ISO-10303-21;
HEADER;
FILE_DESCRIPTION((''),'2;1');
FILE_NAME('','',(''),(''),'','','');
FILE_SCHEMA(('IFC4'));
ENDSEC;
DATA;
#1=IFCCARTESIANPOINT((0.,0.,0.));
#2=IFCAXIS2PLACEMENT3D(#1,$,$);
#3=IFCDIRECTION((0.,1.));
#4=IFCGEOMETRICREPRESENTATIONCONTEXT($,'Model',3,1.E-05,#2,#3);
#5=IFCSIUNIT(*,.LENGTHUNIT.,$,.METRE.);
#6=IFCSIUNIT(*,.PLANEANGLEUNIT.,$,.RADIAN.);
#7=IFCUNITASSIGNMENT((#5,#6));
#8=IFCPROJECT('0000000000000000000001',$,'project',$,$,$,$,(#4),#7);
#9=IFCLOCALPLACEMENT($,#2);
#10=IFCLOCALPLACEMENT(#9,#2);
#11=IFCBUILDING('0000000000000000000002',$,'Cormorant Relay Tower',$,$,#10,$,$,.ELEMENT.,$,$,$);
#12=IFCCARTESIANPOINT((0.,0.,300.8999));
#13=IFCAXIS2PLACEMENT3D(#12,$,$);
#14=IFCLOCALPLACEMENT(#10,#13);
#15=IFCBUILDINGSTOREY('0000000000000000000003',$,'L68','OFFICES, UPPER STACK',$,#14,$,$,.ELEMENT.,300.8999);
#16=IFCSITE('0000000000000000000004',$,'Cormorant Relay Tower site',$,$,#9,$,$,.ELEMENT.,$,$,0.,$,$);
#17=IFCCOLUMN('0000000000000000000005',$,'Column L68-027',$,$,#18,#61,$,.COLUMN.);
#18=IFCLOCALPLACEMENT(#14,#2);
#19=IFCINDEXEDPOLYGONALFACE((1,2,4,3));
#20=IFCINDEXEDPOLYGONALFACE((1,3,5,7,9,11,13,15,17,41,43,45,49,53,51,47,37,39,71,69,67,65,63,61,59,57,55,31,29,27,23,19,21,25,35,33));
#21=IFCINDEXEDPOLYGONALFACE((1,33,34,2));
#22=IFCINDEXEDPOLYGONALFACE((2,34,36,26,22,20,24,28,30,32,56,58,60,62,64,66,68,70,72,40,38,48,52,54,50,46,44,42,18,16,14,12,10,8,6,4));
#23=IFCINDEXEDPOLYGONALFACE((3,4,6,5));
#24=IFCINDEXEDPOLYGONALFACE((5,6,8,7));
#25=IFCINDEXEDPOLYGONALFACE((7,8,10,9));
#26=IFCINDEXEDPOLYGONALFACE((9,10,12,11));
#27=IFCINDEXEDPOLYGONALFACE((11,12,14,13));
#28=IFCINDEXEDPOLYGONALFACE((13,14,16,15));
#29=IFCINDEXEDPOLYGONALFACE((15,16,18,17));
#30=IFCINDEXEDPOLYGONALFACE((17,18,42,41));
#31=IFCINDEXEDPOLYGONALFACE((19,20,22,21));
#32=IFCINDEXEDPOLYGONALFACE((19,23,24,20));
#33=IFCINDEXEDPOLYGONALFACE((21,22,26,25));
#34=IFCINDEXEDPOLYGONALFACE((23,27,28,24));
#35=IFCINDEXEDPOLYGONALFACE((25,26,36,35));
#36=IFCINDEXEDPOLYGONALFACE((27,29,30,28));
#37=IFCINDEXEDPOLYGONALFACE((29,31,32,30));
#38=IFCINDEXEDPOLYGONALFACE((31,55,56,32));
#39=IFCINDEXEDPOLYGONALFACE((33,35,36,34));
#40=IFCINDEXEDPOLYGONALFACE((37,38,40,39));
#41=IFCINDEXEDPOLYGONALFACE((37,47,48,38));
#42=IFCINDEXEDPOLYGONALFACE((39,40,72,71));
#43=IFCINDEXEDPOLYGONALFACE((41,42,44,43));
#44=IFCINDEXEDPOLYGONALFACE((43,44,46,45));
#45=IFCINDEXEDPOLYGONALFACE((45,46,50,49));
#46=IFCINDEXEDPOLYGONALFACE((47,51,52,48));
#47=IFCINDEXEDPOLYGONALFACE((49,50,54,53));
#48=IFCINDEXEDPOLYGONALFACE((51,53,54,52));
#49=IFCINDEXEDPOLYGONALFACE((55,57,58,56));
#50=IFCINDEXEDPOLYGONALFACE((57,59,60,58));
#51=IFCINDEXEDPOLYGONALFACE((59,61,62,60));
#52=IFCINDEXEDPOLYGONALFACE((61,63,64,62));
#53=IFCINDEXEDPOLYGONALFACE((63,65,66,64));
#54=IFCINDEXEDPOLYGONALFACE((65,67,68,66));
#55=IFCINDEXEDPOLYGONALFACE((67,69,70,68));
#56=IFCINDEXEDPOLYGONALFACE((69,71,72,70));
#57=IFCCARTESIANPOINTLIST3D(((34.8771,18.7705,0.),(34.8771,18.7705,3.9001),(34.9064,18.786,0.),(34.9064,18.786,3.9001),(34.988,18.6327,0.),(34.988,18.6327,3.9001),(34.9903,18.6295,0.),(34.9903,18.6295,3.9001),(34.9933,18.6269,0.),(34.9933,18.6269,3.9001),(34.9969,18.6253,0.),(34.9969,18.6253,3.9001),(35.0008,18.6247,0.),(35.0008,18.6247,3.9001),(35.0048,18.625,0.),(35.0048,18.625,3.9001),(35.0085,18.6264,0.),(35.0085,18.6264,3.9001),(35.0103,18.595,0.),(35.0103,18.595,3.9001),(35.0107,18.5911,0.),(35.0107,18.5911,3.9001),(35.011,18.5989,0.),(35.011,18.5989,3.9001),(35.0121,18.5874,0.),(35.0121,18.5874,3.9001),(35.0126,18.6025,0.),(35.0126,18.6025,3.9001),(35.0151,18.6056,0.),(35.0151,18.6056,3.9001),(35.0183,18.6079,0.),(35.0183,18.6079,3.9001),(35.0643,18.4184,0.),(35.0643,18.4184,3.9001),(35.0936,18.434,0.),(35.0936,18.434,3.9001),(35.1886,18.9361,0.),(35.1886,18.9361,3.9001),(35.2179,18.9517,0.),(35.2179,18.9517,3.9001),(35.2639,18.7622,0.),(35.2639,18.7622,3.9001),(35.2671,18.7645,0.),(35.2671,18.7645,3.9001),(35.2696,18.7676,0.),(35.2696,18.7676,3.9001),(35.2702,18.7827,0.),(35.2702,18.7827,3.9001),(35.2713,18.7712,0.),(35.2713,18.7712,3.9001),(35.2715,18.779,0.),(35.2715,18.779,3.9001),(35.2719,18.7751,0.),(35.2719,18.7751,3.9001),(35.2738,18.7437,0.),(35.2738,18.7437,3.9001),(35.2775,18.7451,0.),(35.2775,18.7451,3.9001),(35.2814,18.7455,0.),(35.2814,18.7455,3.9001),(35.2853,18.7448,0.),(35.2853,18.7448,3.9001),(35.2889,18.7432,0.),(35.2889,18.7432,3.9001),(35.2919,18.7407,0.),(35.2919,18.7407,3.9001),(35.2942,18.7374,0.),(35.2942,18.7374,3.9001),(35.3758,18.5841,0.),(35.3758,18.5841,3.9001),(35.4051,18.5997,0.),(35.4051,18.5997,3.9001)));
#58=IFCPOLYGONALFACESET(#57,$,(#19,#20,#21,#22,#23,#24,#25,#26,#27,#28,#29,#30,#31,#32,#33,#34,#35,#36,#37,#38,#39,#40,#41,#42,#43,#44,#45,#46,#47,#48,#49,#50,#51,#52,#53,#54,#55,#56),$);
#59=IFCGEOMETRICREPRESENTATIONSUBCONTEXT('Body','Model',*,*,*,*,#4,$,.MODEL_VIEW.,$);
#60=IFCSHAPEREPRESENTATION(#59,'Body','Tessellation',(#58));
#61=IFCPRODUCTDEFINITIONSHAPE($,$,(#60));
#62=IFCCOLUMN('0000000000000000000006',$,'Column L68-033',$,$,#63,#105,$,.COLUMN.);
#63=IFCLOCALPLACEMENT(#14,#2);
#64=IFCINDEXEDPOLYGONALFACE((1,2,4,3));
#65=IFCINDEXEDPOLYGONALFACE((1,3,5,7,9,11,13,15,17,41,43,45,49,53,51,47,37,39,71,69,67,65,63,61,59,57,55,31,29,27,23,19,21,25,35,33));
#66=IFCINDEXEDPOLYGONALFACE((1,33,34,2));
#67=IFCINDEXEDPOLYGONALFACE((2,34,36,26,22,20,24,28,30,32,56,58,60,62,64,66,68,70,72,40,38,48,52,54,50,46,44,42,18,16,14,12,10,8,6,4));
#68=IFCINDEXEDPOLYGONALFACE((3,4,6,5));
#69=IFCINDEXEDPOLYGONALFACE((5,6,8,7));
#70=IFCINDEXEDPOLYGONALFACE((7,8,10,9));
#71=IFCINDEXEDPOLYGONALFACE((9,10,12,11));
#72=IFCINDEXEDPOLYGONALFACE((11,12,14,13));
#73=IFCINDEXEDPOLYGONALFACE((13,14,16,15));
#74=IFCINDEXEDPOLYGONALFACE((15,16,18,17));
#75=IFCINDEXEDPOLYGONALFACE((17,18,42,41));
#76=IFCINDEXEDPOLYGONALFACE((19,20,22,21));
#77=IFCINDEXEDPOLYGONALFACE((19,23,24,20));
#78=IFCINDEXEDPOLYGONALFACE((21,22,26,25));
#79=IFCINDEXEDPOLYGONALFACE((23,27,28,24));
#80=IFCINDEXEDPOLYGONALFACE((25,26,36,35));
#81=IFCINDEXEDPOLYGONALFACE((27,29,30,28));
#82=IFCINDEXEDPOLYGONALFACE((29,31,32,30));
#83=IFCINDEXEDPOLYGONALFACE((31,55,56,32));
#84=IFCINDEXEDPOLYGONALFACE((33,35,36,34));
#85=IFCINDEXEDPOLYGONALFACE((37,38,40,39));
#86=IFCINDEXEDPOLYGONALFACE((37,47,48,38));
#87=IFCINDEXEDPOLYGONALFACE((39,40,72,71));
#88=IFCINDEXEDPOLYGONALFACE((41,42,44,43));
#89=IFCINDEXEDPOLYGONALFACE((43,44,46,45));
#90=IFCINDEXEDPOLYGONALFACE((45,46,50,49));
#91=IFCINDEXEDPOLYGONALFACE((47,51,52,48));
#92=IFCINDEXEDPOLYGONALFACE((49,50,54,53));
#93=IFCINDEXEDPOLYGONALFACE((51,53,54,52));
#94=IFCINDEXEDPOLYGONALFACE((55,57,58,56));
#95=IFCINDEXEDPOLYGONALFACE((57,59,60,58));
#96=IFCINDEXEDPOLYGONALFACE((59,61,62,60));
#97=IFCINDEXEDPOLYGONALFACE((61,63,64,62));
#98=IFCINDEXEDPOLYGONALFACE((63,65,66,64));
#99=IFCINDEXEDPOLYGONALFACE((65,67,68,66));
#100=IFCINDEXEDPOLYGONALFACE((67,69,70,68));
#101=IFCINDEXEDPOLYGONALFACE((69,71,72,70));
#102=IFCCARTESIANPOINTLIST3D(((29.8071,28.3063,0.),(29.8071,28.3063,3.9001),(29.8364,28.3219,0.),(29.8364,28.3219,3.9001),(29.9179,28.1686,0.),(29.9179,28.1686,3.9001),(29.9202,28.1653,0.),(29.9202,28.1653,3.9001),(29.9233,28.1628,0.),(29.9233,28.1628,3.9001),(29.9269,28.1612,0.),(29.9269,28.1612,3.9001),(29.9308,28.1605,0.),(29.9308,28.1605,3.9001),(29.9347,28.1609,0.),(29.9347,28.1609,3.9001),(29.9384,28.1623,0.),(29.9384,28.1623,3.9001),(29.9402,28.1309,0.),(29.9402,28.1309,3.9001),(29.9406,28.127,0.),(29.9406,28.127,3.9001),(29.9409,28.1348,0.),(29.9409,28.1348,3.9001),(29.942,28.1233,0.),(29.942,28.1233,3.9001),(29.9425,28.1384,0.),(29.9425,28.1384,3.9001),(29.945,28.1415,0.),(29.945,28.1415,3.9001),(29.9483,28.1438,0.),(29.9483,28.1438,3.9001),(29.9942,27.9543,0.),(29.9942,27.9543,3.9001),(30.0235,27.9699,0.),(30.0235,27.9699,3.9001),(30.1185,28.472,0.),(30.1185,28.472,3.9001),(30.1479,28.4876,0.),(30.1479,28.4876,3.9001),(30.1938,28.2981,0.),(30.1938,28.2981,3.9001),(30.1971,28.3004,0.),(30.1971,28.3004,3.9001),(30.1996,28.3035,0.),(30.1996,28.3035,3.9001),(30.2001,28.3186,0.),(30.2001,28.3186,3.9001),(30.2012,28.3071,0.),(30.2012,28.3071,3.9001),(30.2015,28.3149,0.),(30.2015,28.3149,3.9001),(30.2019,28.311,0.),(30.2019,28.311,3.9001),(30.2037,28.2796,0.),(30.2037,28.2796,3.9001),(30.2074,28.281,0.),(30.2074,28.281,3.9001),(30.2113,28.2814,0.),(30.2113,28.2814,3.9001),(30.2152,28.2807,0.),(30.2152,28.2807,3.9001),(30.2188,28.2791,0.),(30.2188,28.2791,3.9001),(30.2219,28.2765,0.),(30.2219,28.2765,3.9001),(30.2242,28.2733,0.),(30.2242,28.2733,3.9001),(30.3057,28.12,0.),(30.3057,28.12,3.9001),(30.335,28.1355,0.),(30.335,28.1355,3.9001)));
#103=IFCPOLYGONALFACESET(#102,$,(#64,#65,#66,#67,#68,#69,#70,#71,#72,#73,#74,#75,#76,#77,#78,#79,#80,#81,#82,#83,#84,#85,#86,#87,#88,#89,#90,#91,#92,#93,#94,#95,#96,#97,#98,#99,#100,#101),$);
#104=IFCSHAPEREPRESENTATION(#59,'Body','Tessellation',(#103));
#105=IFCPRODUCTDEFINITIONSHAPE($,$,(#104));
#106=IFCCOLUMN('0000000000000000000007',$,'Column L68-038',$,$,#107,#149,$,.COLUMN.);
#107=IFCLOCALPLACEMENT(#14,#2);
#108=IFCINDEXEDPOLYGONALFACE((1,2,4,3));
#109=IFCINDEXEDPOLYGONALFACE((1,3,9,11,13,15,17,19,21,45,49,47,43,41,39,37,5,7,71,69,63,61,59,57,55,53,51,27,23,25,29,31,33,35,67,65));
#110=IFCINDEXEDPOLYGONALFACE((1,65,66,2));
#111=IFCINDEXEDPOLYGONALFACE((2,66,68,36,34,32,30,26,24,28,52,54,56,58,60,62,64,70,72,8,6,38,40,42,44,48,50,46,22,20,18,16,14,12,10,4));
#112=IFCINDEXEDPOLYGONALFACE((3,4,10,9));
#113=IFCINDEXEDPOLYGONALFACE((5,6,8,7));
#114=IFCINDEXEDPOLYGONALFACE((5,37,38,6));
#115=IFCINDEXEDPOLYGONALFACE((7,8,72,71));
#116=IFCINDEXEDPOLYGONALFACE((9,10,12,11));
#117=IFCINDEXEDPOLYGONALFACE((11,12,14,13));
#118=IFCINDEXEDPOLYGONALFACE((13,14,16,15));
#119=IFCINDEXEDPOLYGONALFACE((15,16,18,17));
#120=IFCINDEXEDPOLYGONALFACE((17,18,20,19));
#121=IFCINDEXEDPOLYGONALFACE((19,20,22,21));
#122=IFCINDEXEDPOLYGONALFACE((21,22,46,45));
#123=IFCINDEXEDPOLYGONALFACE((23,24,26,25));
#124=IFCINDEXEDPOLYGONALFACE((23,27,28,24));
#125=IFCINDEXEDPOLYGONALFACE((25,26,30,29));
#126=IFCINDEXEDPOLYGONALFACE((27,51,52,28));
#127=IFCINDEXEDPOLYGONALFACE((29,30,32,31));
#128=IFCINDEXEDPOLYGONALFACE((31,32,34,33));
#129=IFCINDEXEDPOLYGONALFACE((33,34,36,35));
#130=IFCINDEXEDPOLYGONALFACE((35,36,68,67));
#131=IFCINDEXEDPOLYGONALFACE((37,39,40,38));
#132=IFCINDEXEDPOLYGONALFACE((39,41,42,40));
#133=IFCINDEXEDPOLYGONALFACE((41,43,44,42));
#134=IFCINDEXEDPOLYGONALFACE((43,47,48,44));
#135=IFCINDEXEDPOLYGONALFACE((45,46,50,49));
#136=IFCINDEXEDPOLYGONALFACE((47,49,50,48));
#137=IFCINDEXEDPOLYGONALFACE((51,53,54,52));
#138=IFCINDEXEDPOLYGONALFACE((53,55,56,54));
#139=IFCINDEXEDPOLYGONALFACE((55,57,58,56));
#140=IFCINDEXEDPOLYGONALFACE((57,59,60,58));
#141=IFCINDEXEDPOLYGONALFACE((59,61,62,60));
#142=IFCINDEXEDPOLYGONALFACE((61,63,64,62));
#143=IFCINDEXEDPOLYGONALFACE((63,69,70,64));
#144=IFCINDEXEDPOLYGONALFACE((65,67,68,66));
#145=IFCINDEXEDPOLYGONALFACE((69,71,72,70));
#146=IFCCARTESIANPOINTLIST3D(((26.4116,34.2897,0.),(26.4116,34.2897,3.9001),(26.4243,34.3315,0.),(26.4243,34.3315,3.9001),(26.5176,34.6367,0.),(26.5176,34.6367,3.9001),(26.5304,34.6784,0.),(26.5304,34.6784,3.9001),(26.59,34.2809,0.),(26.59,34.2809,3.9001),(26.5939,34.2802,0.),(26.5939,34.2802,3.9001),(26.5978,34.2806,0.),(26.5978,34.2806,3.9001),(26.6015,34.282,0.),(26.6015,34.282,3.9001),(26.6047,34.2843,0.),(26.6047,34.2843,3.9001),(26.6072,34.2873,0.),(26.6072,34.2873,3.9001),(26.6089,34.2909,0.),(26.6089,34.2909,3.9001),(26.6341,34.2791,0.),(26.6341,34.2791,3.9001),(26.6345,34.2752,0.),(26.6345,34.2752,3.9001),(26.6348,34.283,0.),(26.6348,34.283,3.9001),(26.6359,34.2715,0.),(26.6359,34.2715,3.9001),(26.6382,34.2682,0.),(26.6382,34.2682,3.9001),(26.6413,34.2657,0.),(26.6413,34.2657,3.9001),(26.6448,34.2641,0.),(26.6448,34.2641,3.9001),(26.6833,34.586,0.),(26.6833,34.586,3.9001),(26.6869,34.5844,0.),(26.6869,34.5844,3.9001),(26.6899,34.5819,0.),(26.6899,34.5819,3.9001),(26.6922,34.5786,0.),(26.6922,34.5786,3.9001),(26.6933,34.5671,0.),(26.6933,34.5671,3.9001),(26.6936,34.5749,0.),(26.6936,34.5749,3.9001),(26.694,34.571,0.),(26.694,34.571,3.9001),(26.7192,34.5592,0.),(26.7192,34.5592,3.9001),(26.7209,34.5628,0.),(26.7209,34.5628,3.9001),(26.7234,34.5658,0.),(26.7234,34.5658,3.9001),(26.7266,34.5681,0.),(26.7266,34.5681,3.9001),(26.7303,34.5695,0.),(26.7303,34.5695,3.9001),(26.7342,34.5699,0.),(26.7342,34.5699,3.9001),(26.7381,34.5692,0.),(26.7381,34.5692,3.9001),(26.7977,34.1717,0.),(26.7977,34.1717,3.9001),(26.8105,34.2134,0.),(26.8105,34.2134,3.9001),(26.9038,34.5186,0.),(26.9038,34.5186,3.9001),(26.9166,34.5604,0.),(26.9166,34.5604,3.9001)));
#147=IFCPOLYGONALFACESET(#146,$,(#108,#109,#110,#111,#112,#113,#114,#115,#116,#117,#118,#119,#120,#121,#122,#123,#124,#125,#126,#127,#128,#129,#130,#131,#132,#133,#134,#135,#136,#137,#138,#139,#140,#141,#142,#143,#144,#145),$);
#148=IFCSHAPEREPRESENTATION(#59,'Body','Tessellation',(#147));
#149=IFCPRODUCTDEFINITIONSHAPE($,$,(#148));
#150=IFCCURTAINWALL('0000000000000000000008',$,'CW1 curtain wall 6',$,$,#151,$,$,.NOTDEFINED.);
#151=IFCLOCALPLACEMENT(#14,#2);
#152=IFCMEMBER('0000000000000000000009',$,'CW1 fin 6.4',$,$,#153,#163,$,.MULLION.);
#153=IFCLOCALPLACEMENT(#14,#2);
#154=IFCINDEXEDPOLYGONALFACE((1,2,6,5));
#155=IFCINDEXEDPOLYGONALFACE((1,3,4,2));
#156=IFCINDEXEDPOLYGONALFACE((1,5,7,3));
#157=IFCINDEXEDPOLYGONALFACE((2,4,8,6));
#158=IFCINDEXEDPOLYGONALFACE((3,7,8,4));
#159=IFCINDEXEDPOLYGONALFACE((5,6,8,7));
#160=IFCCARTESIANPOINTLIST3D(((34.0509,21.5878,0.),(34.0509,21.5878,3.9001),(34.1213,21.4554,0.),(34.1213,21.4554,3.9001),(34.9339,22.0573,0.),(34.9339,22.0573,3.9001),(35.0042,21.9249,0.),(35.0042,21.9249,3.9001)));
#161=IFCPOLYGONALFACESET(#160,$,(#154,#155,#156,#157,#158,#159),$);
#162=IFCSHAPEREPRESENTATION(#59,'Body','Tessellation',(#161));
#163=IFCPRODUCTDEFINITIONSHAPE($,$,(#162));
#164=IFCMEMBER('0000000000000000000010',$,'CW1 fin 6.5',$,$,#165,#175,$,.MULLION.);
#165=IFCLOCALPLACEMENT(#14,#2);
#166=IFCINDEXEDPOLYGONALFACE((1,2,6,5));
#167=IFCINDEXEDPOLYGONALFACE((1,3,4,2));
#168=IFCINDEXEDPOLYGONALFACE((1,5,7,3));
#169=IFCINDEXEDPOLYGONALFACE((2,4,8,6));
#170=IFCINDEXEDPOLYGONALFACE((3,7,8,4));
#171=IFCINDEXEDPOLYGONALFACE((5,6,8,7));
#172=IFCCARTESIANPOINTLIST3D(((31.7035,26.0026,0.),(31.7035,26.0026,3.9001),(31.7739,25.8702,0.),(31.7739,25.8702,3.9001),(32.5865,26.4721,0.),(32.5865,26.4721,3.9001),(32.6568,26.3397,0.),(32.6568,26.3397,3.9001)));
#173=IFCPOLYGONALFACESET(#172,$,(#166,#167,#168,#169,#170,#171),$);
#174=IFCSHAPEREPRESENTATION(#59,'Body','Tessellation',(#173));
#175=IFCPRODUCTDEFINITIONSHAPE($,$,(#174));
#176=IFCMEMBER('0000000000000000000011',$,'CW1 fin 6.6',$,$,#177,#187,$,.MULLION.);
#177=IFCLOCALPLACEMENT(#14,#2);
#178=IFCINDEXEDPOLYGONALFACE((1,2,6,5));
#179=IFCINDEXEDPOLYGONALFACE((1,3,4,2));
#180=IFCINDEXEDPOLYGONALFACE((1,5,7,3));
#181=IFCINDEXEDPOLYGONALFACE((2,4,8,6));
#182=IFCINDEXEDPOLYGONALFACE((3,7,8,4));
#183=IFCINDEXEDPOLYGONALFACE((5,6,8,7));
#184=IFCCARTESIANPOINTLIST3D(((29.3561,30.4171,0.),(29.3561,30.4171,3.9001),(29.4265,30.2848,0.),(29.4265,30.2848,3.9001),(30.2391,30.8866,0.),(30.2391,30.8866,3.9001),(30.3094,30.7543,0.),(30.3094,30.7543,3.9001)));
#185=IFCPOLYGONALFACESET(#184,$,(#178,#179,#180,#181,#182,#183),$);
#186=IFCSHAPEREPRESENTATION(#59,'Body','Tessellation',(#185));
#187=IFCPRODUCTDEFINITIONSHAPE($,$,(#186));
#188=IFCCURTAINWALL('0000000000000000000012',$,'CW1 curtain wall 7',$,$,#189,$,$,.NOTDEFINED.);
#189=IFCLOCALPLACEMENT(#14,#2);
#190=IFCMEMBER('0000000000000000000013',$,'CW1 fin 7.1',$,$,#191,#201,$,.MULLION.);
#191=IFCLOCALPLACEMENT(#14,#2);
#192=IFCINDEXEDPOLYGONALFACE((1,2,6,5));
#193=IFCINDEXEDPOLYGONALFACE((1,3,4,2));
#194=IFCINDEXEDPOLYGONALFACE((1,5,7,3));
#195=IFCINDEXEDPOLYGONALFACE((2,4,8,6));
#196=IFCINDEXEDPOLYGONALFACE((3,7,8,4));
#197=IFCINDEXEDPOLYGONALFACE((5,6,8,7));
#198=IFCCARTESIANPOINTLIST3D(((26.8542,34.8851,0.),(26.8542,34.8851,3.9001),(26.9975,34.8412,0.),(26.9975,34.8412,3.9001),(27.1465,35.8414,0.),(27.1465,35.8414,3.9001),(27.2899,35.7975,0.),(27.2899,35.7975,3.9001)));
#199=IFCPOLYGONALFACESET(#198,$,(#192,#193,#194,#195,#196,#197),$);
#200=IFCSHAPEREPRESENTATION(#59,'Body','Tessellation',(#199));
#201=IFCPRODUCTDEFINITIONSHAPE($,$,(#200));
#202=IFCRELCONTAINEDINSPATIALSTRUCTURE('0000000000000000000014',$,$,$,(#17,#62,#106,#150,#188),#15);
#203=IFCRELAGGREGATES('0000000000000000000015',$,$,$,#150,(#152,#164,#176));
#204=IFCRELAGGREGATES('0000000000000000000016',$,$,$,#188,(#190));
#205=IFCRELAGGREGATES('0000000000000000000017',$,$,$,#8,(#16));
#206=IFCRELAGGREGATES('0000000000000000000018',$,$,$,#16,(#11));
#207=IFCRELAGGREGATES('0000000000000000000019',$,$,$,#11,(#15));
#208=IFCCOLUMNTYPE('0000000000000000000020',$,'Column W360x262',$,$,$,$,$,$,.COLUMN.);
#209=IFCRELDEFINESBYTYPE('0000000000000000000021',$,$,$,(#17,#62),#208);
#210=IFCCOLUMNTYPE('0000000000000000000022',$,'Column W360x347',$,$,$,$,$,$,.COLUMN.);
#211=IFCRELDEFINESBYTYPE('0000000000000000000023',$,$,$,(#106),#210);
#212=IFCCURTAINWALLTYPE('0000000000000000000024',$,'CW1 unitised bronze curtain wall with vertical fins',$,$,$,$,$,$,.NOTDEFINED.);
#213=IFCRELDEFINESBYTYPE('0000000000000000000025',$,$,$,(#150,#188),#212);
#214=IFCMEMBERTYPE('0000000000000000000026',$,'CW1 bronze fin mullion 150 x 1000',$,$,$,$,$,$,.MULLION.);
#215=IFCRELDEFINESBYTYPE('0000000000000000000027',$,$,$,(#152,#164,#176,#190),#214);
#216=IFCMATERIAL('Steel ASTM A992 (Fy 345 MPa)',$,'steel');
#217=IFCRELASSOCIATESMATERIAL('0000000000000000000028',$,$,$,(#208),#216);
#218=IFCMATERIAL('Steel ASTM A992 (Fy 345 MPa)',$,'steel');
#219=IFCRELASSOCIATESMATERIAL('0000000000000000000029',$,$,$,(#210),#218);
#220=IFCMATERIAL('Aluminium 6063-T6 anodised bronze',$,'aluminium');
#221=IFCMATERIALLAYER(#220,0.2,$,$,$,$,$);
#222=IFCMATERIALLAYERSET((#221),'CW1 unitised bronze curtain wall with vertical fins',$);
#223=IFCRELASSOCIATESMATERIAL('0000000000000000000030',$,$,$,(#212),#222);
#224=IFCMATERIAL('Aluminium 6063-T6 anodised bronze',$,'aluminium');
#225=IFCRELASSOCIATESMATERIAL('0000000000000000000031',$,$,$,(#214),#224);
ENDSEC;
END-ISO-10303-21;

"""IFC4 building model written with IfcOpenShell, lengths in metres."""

from ifc_helpers import new_model, si_unit, direction, frame, origin, origin_2d, place, context, subcontext, project, spatial, rectangle, i_section, extrude, material, layer, layer_set, material_profile, profile_set, type_object, element, aggregate, save


model = new_model("IFC4")

# Units and contexts
model_context = context("Model", 3, precision=1e-05, world=origin(), true_north=direction((0.0, 1.0)))
body_context = subcontext(model_context, "Body", "Model", "MODEL_VIEW")
ifc_project = project(units=[si_unit("LENGTHUNIT", "METRE"), si_unit("PLANEANGLEUNIT", "RADIAN")], contexts=[model_context])

# Site, building, storey
site_placement = place(None, origin())
site = spatial("IfcSite", under=ifc_project, at=site_placement, Name="Cormorant Relay Tower site", CompositionType="ELEMENT", RefElevation=0.0)
building_placement = place(site_placement, origin())
building = spatial("IfcBuilding", under=site, at=building_placement, Name="Cormorant Relay Tower", CompositionType="ELEMENT")
storey_placement = place(building_placement, frame((0.0, 0.0, 300.8999)))
storey = spatial("IfcBuildingStorey", under=building, at=storey_placement, Name="L68", Description="OFFICES, UPPER STACK", CompositionType="ELEMENT", Elevation=300.8999)

# Columns
ifc_material_1 = material(Name="Steel ASTM A992 (Fy 345 MPa)", Category="steel")
ifc_material_profile_1 = material_profile(ifc_material_1, i_section(OverallWidth=0.3987, OverallDepth=0.386, WebThickness=0.021, FlangeThickness=0.0332, FilletRadius=0.0151, at=origin_2d()), Name="W360x262")
ifc_profile_set_1 = profile_set([ifc_material_profile_1], Name="Steel ASTM A992 (Fy 345 MPa)")
column_type_1 = type_object("IfcColumnType", Name="Column W360x262", PredefinedType="COLUMN", material=ifc_profile_set_1)
for number, where, z_axis, x_axis, name in (
    (1, (35.1411, 18.6851, 0.0), (0.0, 0.0, 1.0), (-0.469472, 0.882948, 0.0), "Column L68-027"),
    (2, (30.071, 28.2209, 0.0), (0.0, 0.0, 1.0), (-0.469472, 0.882948, 0.0), "Column L68-033"),
):
    element("IfcColumn", number, at=place(storey_placement, frame(where, z_axis=z_axis, x_axis=x_axis)), inside=storey, type_object=column_type_1, Name=name, PredefinedType="COLUMN", context=body_context, shape_type="SweptSolid", body=[
        extrude(i_section(OverallWidth=0.3987, OverallDepth=0.386, WebThickness=0.021, FlangeThickness=0.0332, FilletRadius=0.0151, at=origin_2d()), origin(), (0.0, 0.0, 1.0), 3.9001),
    ])
ifc_material_2 = material(Name="Steel ASTM A992 (Fy 345 MPa)", Category="steel")
ifc_material_profile_2 = material_profile(ifc_material_2, i_section(OverallWidth=0.4038, OverallDepth=0.4065, WebThickness=0.0271, FlangeThickness=0.0437, FilletRadius=0.0151, at=origin_2d()), Name="W360x347")
ifc_profile_set_2 = profile_set([ifc_material_profile_2], Name="Steel ASTM A992 (Fy 345 MPa)")
column_type_2 = type_object("IfcColumnType", Name="Column W360x347", PredefinedType="COLUMN", material=ifc_profile_set_2)
column_placement = place(storey_placement, frame((26.6641, 34.425, 0.0), z_axis=(0.0, 0.0, 1.0), x_axis=(-0.956305, 0.292372, 0.0)))
element("IfcColumn", 3, at=column_placement, inside=storey, type_object=column_type_2, Name="Column L68-038", PredefinedType="COLUMN", context=body_context, shape_type="SweptSolid", body=[
    extrude(i_section(OverallWidth=0.4038, OverallDepth=0.4065, WebThickness=0.0271, FlangeThickness=0.0437, FilletRadius=0.0151, at=origin_2d()), origin(), (0.0, 0.0, 1.0), 3.9001),
])

# Curtain walls, members
ifc_material_3 = material(Name="Aluminium 6063-T6 anodised bronze", Category="aluminium")
ifc_layer_1 = layer(ifc_material_3, 0.2)
ifc_layer_set_1 = layer_set([ifc_layer_1], Name="CW1 unitised bronze curtain wall with vertical fins")
curtain_wall_type = type_object("IfcCurtainWallType", Name="CW1 unitised bronze curtain wall with vertical fins", PredefinedType="NOTDEFINED", material=ifc_layer_set_1)
curtain_wall_1_placement = place(storey_placement, origin())
curtain_wall_1 = element("IfcCurtainWall", 4, at=curtain_wall_1_placement, inside=storey, type_object=curtain_wall_type, Name="CW1 curtain wall 6", PredefinedType="NOTDEFINED")
ifc_material_4 = material(Name="Aluminium 6063-T6 anodised bronze", Category="aluminium")
ifc_material_profile_3 = material_profile(ifc_material_4, rectangle(XDim=0.1499, YDim=1.0, at=origin_2d()), Name="AL 150x1000")
ifc_profile_set_3 = profile_set([ifc_material_profile_3], Name="Aluminium 6063-T6 anodised bronze")
member_type_1 = type_object("IfcMemberType", Name="CW1 bronze fin mullion 150 x 1000", PredefinedType="MULLION", material=ifc_profile_set_3)
member_1_placement = place(storey_placement, frame((34.5276, 21.7563, 0.0), z_axis=(0.0, 0.0, 1.0), x_axis=(-0.469472, 0.882948, 0.0)))
member_1 = element("IfcMember", 5, at=member_1_placement, type_object=member_type_1, Name="CW1 fin 6.4", PredefinedType="MULLION", context=body_context, shape_type="SweptSolid", body=[
    extrude(rectangle(XDim=0.1499, YDim=1.0, at=origin_2d()), origin(), (0.0, 0.0, 1.0), 3.9001),
])
member_2_placement = place(storey_placement, frame((32.1802, 26.1711, 0.0), z_axis=(0.0, 0.0, 1.0), x_axis=(-0.469472, 0.882948, 0.0)))
member_2 = element("IfcMember", 6, at=member_2_placement, type_object=member_type_1, Name="CW1 fin 6.5", PredefinedType="MULLION", context=body_context, shape_type="SweptSolid", body=[
    extrude(rectangle(XDim=0.1499, YDim=1.0, at=origin_2d()), origin(), (0.0, 0.0, 1.0), 3.9001),
])
member_3_placement = place(storey_placement, frame((29.8328, 30.5857, 0.0), z_axis=(0.0, 0.0, 1.0), x_axis=(-0.469472, 0.882948, 0.0)))
member_3 = element("IfcMember", 7, at=member_3_placement, type_object=member_type_1, Name="CW1 fin 6.6", PredefinedType="MULLION", context=body_context, shape_type="SweptSolid", body=[
    extrude(rectangle(XDim=0.1499, YDim=1.0, at=origin_2d()), origin(), (0.0, 0.0, 1.0), 3.9001),
])
curtain_wall_2_placement = place(storey_placement, origin())
curtain_wall_2 = element("IfcCurtainWall", 8, at=curtain_wall_2_placement, inside=storey, type_object=curtain_wall_type, Name="CW1 curtain wall 7", PredefinedType="NOTDEFINED")
member_4_placement = place(storey_placement, frame((27.072, 35.3413, 0.0), z_axis=(0.0, 0.0, 1.0), x_axis=(-0.956305, 0.292372, 0.0)))
member_4 = element("IfcMember", 9, at=member_4_placement, type_object=member_type_1, Name="CW1 fin 7.1", PredefinedType="MULLION", context=body_context, shape_type="SweptSolid", body=[
    extrude(rectangle(XDim=0.1499, YDim=1.0, at=origin_2d()), origin(), (0.0, 0.0, 1.0), 3.9001),
])

aggregate(curtain_wall_1, [member_1, member_2, member_3])
aggregate(curtain_wall_2, [member_4])

save(model, "model.ifc")
